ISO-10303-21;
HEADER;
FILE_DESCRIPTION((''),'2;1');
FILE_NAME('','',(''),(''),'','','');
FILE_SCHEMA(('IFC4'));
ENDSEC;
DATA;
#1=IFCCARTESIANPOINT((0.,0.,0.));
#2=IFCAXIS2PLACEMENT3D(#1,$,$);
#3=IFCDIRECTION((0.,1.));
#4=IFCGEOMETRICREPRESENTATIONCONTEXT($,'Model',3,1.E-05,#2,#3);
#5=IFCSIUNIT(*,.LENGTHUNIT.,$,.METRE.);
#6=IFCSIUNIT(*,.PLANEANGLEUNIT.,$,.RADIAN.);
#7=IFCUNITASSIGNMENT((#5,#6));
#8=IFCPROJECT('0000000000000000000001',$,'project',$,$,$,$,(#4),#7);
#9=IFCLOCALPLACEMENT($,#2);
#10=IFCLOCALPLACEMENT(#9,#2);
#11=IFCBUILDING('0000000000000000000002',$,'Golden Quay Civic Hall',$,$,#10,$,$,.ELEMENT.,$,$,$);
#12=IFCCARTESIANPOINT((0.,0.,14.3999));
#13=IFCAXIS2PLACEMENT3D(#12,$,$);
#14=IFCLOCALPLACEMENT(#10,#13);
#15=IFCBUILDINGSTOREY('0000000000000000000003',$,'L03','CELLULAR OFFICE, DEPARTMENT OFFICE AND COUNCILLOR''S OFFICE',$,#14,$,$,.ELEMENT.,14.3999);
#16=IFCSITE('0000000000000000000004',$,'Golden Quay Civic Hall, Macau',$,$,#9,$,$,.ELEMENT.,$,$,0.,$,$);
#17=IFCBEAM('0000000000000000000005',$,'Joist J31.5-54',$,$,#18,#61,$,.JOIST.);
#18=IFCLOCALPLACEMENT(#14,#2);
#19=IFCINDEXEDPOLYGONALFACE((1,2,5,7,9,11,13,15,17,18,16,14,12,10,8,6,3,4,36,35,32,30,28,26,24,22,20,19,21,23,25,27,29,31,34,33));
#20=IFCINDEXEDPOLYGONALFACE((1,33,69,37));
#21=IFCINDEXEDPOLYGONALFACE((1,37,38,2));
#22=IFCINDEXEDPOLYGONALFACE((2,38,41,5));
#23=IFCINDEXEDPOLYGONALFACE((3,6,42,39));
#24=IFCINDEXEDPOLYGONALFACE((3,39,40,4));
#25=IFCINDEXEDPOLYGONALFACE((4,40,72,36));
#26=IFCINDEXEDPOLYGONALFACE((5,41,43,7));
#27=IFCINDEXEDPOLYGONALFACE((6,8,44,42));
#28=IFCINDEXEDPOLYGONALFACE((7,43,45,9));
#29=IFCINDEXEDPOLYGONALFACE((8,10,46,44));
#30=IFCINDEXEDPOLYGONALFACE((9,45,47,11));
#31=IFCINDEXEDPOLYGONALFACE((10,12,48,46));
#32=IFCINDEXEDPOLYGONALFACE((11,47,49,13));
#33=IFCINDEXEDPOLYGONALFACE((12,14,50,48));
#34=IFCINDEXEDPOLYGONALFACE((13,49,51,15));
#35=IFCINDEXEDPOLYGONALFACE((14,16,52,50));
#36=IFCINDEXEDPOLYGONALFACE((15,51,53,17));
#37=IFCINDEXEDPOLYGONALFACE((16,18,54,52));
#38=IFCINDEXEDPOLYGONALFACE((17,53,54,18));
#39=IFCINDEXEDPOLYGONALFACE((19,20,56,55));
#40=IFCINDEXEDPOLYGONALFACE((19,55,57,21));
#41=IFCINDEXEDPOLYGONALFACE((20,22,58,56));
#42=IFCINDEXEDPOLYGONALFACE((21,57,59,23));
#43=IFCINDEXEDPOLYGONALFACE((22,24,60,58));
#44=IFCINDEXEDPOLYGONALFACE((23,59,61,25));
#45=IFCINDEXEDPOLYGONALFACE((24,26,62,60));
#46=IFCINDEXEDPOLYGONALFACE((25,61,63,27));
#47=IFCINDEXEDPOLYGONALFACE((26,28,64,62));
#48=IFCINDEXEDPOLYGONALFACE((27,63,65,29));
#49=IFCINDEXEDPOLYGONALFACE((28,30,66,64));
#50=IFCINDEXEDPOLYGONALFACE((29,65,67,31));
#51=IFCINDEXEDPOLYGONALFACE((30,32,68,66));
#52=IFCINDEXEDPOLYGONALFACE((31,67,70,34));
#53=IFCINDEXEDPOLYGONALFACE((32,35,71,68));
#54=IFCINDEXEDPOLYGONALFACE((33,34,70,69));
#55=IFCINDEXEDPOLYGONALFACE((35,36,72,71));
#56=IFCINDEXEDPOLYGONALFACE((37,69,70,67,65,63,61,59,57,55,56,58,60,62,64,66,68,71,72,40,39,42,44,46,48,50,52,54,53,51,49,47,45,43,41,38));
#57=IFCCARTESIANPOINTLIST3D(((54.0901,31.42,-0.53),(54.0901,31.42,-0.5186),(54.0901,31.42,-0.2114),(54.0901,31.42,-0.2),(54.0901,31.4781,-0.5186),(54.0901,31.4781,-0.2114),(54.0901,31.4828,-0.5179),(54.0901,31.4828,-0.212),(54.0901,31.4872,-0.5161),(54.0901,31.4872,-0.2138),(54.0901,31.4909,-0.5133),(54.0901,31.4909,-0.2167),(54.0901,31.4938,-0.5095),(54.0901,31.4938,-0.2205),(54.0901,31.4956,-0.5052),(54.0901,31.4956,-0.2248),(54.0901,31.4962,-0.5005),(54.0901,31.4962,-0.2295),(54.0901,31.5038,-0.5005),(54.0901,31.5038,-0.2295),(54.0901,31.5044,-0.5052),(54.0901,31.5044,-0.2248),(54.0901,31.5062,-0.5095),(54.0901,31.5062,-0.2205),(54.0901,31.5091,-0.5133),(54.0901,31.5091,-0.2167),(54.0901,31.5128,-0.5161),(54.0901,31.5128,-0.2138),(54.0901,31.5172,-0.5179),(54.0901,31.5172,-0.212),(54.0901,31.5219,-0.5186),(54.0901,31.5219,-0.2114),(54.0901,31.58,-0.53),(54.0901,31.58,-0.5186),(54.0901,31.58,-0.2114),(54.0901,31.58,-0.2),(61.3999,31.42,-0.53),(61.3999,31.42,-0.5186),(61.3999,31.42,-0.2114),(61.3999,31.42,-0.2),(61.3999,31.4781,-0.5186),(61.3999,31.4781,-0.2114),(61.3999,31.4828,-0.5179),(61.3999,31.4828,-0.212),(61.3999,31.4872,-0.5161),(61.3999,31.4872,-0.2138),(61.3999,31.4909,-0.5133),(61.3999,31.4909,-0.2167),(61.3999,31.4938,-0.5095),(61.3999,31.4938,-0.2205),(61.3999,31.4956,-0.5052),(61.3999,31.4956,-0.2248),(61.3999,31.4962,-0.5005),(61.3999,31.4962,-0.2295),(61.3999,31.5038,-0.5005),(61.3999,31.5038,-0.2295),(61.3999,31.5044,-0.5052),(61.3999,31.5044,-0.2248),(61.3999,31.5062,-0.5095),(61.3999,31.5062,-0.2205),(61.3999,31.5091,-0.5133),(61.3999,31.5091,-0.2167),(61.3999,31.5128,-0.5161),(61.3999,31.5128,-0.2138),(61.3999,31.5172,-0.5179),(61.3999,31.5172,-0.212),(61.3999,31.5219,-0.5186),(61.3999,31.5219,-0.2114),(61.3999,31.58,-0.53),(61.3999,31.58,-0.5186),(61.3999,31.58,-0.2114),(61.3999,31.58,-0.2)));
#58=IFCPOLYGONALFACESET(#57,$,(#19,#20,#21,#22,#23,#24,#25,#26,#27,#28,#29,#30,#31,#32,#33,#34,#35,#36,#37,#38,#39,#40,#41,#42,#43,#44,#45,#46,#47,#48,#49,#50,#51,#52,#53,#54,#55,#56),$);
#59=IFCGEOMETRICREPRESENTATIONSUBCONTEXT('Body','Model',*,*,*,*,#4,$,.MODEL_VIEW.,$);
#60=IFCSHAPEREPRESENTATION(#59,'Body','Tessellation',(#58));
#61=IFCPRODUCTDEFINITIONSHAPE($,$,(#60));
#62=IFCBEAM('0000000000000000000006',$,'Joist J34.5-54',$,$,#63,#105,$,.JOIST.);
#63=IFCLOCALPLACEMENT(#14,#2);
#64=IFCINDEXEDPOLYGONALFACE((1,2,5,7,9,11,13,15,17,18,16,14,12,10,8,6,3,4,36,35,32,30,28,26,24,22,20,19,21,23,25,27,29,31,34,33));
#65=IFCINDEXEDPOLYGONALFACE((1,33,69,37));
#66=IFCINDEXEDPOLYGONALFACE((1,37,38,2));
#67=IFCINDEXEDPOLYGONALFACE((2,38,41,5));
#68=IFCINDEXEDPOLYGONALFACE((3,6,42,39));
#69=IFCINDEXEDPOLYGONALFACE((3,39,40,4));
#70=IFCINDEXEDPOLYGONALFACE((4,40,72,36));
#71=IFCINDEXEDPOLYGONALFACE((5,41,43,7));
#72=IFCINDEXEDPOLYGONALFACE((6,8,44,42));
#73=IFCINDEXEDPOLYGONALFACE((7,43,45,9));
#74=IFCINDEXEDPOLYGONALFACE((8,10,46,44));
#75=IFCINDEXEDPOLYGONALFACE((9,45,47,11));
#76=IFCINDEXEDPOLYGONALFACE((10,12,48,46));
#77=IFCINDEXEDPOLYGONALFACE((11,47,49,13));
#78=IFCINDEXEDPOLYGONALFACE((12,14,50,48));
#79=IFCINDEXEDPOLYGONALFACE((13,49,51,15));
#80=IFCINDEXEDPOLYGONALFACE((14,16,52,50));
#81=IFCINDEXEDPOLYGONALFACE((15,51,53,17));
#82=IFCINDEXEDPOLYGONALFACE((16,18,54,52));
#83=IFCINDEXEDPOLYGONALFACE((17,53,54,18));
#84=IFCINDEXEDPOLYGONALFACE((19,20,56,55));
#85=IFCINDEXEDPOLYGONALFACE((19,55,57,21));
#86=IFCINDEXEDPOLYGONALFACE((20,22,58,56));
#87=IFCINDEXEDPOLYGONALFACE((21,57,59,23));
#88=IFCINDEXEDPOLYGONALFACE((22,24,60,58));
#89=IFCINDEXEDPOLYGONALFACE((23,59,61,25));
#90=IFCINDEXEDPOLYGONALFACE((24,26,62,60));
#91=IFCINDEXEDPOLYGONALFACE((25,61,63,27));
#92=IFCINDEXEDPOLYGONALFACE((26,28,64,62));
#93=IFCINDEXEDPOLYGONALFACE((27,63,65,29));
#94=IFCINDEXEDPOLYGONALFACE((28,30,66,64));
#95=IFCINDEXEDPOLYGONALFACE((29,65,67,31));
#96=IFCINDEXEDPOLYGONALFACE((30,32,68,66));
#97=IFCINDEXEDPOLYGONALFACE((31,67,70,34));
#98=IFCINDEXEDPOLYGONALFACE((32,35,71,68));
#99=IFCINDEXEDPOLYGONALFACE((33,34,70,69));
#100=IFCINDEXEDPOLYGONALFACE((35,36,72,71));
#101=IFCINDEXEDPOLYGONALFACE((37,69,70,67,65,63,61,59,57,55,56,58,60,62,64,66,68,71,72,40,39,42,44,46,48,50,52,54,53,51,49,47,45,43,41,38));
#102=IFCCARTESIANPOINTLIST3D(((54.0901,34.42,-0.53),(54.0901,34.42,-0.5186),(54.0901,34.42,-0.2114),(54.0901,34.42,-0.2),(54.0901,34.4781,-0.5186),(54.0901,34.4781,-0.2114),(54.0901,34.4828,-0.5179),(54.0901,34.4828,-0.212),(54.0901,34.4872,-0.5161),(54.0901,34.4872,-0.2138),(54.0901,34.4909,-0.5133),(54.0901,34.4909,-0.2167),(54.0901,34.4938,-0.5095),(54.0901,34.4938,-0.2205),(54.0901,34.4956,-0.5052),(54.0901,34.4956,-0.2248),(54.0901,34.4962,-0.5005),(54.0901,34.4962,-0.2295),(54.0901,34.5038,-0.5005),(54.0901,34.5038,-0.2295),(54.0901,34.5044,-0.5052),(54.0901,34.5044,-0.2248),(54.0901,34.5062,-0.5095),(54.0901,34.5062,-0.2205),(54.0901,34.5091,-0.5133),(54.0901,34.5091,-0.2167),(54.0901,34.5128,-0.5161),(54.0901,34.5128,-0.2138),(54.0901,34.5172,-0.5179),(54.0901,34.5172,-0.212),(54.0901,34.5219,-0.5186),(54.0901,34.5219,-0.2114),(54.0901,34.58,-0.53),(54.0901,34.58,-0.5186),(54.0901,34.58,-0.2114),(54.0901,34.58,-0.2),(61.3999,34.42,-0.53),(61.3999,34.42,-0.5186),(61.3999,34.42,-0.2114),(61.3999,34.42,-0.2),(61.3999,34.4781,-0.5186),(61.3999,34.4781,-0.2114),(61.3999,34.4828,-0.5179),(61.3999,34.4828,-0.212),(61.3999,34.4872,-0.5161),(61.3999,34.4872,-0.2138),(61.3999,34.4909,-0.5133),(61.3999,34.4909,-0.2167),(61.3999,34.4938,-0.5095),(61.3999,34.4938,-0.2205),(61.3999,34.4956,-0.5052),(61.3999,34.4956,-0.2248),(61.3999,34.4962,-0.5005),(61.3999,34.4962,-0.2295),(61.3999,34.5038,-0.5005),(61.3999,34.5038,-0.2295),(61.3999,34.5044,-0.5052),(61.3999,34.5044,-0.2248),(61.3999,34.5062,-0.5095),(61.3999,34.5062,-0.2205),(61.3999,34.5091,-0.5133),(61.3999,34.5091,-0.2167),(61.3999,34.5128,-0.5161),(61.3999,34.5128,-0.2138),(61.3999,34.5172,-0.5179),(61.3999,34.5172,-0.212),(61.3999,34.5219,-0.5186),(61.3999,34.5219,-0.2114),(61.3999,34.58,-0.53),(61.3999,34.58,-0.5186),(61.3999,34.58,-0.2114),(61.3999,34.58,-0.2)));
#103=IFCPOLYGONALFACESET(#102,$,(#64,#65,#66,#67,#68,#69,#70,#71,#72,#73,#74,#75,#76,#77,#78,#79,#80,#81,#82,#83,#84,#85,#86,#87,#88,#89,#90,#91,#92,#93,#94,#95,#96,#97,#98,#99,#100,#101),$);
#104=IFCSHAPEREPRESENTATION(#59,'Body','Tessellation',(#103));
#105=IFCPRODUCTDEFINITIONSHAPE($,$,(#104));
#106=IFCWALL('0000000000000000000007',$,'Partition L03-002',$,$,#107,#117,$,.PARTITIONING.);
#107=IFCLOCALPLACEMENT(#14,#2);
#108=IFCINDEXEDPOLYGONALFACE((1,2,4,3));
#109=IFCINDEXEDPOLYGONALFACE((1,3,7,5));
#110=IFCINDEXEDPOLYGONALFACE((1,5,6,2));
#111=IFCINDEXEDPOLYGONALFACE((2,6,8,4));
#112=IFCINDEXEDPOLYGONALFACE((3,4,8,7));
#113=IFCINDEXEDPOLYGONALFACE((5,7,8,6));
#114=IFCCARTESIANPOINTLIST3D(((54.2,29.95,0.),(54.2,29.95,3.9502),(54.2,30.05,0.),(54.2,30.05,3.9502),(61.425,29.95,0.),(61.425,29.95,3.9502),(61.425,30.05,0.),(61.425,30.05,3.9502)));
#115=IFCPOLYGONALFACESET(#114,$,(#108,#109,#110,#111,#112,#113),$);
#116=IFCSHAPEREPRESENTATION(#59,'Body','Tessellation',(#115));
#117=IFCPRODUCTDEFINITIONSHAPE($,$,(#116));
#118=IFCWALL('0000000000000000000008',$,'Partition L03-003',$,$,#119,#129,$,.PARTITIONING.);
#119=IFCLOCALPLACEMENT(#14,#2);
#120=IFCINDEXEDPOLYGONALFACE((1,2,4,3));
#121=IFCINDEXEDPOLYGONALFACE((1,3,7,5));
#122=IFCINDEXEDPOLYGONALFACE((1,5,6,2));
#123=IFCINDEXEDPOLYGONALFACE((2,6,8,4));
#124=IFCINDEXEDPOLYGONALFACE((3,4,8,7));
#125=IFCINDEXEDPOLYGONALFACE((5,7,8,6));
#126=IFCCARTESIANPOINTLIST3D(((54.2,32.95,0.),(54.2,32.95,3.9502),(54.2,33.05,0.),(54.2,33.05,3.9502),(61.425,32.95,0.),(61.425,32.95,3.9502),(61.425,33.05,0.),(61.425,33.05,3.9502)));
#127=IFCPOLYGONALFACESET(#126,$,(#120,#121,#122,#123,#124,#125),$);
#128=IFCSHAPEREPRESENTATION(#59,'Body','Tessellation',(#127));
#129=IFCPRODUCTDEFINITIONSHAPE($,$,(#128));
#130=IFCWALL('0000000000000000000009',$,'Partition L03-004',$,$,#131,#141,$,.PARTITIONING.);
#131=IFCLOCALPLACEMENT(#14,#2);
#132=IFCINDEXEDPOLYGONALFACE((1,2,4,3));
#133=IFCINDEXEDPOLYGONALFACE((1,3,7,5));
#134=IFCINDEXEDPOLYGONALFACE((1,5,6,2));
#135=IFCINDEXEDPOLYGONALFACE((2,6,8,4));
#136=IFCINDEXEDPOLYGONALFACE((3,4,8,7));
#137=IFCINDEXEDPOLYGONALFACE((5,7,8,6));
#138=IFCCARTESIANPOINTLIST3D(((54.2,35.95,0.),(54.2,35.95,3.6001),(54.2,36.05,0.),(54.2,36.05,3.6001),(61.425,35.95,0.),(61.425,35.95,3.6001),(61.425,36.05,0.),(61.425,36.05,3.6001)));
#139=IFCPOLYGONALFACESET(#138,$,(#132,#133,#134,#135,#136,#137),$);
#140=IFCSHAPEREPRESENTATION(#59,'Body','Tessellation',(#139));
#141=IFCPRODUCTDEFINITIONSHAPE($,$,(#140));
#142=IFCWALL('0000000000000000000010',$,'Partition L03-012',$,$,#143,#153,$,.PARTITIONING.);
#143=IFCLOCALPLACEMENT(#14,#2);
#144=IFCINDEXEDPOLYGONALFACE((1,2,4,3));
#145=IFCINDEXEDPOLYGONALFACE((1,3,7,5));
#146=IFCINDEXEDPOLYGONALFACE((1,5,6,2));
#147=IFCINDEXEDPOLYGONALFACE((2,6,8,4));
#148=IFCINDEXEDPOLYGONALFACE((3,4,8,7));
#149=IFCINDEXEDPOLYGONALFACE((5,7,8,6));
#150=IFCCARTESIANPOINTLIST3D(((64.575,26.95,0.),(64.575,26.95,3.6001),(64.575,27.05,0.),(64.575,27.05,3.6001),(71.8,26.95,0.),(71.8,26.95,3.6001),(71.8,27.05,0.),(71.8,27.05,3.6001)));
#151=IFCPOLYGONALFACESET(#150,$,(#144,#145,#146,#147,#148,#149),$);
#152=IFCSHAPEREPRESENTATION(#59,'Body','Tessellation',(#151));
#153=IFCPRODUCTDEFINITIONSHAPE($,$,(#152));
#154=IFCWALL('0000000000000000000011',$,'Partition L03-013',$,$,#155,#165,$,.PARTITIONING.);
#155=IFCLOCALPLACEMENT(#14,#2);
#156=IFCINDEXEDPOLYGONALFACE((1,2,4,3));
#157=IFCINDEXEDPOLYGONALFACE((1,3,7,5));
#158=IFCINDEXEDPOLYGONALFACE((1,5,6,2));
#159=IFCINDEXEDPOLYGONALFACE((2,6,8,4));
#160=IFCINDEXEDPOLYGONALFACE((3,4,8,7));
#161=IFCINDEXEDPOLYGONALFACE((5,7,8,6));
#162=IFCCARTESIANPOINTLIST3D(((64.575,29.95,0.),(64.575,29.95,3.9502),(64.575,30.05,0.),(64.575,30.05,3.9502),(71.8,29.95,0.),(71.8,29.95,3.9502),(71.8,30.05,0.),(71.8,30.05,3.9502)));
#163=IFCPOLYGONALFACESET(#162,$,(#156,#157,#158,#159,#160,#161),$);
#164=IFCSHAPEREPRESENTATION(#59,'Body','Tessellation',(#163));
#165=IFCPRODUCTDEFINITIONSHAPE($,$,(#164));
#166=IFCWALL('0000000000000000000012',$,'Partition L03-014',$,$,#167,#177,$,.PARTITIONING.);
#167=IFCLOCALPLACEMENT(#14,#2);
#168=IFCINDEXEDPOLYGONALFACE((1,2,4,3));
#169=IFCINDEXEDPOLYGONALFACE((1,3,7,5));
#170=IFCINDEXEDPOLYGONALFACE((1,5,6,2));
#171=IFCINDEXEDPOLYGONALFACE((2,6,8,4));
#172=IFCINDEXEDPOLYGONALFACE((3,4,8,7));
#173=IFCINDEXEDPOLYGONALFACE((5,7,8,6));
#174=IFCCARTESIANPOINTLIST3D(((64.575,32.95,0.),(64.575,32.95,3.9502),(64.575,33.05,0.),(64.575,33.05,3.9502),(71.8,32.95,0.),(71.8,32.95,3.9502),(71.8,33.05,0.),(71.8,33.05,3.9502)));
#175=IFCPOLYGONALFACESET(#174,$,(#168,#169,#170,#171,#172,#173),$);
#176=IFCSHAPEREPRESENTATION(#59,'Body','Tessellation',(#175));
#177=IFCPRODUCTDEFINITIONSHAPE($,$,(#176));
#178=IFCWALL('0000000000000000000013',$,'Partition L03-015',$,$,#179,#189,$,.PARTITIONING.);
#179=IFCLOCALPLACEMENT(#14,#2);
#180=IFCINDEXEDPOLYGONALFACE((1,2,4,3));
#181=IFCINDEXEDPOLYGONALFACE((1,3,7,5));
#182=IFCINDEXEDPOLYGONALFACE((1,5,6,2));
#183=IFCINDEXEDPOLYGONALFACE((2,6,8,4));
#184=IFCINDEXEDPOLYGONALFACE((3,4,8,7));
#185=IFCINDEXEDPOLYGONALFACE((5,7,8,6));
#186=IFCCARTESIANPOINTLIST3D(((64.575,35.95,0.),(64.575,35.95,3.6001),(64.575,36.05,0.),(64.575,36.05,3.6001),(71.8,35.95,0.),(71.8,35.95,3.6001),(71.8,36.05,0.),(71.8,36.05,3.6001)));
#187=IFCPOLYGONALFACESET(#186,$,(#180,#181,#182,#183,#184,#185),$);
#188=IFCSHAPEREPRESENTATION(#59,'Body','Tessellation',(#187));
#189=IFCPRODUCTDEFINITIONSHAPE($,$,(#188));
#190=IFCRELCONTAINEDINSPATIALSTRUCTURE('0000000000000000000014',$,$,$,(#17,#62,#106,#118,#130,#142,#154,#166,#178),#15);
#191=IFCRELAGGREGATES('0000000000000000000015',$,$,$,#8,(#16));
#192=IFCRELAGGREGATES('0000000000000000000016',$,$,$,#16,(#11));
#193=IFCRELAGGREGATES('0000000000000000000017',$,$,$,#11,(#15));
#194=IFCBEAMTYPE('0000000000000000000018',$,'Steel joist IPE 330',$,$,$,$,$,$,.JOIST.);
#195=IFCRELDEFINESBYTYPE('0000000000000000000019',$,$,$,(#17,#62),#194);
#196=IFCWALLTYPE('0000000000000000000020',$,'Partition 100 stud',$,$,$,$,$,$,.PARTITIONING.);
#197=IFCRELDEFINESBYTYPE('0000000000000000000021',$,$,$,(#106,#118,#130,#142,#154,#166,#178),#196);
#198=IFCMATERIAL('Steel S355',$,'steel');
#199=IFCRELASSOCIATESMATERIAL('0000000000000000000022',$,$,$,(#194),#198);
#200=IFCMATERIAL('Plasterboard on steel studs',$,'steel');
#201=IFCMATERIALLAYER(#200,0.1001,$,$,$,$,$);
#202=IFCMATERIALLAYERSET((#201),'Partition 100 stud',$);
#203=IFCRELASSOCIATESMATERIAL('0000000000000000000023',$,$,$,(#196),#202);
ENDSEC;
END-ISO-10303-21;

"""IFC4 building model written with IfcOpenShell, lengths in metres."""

from ifc_helpers import new_model, si_unit, direction, frame, frame_2d, origin, origin_2d, place, context, subcontext, project, spatial, rectangle, i_section, extrude, material, layer, layer_set, material_profile, profile_set, type_object, element, save


model = new_model("IFC4")

# Units and contexts
model_context = context("Model", 3, precision=1e-05, world=origin(), true_north=direction((0.0, 1.0)))
body_context = subcontext(model_context, "Body", "Model", "MODEL_VIEW")
ifc_project = project(units=[si_unit("LENGTHUNIT", "METRE"), si_unit("PLANEANGLEUNIT", "RADIAN")], contexts=[model_context])

# Site, building, storey
site_placement = place(None, origin())
site = spatial("IfcSite", under=ifc_project, at=site_placement, Name="Golden Quay Civic Hall, Macau", CompositionType="ELEMENT", RefElevation=0.0)
building_placement = place(site_placement, origin())
building = spatial("IfcBuilding", under=site, at=building_placement, Name="Golden Quay Civic Hall", CompositionType="ELEMENT")
storey_placement = place(building_placement, frame((0.0, 0.0, 14.3999)))
storey = spatial("IfcBuildingStorey", under=building, at=storey_placement, Name="L03", Description="CELLULAR OFFICE, DEPARTMENT OFFICE AND COUNCILLOR'S OFFICE", CompositionType="ELEMENT", Elevation=14.3999)

# Beams
ifc_material_1 = material(Name="Steel S355", Category="steel")
ifc_material_profile_1 = material_profile(ifc_material_1, i_section(OverallWidth=0.1599, OverallDepth=0.3301, WebThickness=0.0076, FlangeThickness=0.0115, FilletRadius=0.0181, at=origin_2d()), Name="IPE 330")
ifc_profile_set_1 = profile_set([ifc_material_profile_1], Name="Steel S355")
beam_type_1 = type_object("IfcBeamType", Name="Steel joist IPE 330", PredefinedType="JOIST", material=ifc_profile_set_1)
for number, where, z_axis, x_axis, name in (
    (1, (54.0901, 31.5, -0.365), (1.0, 0.0, 0.0), (0.0, 1.0, 0.0), "Joist J31.5-54"),
    (2, (54.0901, 34.5, -0.365), (1.0, 0.0, 0.0), (0.0, 1.0, 0.0), "Joist J34.5-54"),
):
    element("IfcBeam", number, at=place(storey_placement, frame(where, z_axis=z_axis, x_axis=x_axis)), inside=storey, type_object=beam_type_1, Name=name, PredefinedType="JOIST", context=body_context, shape_type="SweptSolid", body=[
        extrude(i_section(OverallWidth=0.1599, OverallDepth=0.3301, WebThickness=0.0076, FlangeThickness=0.0115, FilletRadius=0.0181, at=origin_2d()), origin(), (0.0, 0.0, 1.0), 7.3098),
    ])

# Walls
ifc_material_2 = material(Name="Plasterboard on steel studs", Category="steel")
ifc_layer = layer(ifc_material_2, 0.1001)
ifc_layer_set = layer_set([ifc_layer], Name="Partition 100 stud")
wall_type = type_object("IfcWallType", Name="Partition 100 stud", PredefinedType="PARTITIONING", material=ifc_layer_set)
for number, where, z_axis, x_axis, name in (
    (3, (54.2, 30.0, 0.0), (0.0, 0.0, 1.0), (1.0, 0.0, 0.0), "Partition L03-002"),
    (4, (54.2, 33.0, 0.0), (0.0, 0.0, 1.0), (1.0, 0.0, 0.0), "Partition L03-003"),
):
    element("IfcWall", number, at=place(storey_placement, frame(where, z_axis=z_axis, x_axis=x_axis)), inside=storey, type_object=wall_type, Name=name, PredefinedType="PARTITIONING", context=body_context, shape_type="SweptSolid", body=[
        extrude(rectangle(XDim=7.2251, YDim=0.1001, at=frame_2d((3.6125, 0.0))), origin(), (0.0, 0.0, 1.0), 3.9502),
    ])
for number, where, z_axis, x_axis, name in (
    (5, (54.2, 36.0, 0.0), (0.0, 0.0, 1.0), (1.0, 0.0, 0.0), "Partition L03-004"),
    (6, (64.575, 27.0, 0.0), (0.0, 0.0, 1.0), (1.0, 0.0, 0.0), "Partition L03-012"),
):
    element("IfcWall", number, at=place(storey_placement, frame(where, z_axis=z_axis, x_axis=x_axis)), inside=storey, type_object=wall_type, Name=name, PredefinedType="PARTITIONING", context=body_context, shape_type="SweptSolid", body=[
        extrude(rectangle(XDim=7.2251, YDim=0.1001, at=frame_2d((3.6125, 0.0))), origin(), (0.0, 0.0, 1.0), 3.6001),
    ])
for number, where, z_axis, x_axis, name in (
    (7, (64.575, 30.0, 0.0), (0.0, 0.0, 1.0), (1.0, 0.0, 0.0), "Partition L03-013"),
    (8, (64.575, 33.0, 0.0), (0.0, 0.0, 1.0), (1.0, 0.0, 0.0), "Partition L03-014"),
):
    element("IfcWall", number, at=place(storey_placement, frame(where, z_axis=z_axis, x_axis=x_axis)), inside=storey, type_object=wall_type, Name=name, PredefinedType="PARTITIONING", context=body_context, shape_type="SweptSolid", body=[
        extrude(rectangle(XDim=7.2251, YDim=0.1001, at=frame_2d((3.6125, 0.0))), origin(), (0.0, 0.0, 1.0), 3.9502),
    ])
wall_placement = place(storey_placement, frame((64.575, 36.0, 0.0), z_axis=(0.0, 0.0, 1.0), x_axis=(1.0, 0.0, 0.0)))
element("IfcWall", 9, at=wall_placement, inside=storey, type_object=wall_type, Name="Partition L03-015", PredefinedType="PARTITIONING", context=body_context, shape_type="SweptSolid", body=[
    extrude(rectangle(XDim=7.2251, YDim=0.1001, at=frame_2d((3.6125, 0.0))), origin(), (0.0, 0.0, 1.0), 3.6001),
])

save(model, "model.ifc")
